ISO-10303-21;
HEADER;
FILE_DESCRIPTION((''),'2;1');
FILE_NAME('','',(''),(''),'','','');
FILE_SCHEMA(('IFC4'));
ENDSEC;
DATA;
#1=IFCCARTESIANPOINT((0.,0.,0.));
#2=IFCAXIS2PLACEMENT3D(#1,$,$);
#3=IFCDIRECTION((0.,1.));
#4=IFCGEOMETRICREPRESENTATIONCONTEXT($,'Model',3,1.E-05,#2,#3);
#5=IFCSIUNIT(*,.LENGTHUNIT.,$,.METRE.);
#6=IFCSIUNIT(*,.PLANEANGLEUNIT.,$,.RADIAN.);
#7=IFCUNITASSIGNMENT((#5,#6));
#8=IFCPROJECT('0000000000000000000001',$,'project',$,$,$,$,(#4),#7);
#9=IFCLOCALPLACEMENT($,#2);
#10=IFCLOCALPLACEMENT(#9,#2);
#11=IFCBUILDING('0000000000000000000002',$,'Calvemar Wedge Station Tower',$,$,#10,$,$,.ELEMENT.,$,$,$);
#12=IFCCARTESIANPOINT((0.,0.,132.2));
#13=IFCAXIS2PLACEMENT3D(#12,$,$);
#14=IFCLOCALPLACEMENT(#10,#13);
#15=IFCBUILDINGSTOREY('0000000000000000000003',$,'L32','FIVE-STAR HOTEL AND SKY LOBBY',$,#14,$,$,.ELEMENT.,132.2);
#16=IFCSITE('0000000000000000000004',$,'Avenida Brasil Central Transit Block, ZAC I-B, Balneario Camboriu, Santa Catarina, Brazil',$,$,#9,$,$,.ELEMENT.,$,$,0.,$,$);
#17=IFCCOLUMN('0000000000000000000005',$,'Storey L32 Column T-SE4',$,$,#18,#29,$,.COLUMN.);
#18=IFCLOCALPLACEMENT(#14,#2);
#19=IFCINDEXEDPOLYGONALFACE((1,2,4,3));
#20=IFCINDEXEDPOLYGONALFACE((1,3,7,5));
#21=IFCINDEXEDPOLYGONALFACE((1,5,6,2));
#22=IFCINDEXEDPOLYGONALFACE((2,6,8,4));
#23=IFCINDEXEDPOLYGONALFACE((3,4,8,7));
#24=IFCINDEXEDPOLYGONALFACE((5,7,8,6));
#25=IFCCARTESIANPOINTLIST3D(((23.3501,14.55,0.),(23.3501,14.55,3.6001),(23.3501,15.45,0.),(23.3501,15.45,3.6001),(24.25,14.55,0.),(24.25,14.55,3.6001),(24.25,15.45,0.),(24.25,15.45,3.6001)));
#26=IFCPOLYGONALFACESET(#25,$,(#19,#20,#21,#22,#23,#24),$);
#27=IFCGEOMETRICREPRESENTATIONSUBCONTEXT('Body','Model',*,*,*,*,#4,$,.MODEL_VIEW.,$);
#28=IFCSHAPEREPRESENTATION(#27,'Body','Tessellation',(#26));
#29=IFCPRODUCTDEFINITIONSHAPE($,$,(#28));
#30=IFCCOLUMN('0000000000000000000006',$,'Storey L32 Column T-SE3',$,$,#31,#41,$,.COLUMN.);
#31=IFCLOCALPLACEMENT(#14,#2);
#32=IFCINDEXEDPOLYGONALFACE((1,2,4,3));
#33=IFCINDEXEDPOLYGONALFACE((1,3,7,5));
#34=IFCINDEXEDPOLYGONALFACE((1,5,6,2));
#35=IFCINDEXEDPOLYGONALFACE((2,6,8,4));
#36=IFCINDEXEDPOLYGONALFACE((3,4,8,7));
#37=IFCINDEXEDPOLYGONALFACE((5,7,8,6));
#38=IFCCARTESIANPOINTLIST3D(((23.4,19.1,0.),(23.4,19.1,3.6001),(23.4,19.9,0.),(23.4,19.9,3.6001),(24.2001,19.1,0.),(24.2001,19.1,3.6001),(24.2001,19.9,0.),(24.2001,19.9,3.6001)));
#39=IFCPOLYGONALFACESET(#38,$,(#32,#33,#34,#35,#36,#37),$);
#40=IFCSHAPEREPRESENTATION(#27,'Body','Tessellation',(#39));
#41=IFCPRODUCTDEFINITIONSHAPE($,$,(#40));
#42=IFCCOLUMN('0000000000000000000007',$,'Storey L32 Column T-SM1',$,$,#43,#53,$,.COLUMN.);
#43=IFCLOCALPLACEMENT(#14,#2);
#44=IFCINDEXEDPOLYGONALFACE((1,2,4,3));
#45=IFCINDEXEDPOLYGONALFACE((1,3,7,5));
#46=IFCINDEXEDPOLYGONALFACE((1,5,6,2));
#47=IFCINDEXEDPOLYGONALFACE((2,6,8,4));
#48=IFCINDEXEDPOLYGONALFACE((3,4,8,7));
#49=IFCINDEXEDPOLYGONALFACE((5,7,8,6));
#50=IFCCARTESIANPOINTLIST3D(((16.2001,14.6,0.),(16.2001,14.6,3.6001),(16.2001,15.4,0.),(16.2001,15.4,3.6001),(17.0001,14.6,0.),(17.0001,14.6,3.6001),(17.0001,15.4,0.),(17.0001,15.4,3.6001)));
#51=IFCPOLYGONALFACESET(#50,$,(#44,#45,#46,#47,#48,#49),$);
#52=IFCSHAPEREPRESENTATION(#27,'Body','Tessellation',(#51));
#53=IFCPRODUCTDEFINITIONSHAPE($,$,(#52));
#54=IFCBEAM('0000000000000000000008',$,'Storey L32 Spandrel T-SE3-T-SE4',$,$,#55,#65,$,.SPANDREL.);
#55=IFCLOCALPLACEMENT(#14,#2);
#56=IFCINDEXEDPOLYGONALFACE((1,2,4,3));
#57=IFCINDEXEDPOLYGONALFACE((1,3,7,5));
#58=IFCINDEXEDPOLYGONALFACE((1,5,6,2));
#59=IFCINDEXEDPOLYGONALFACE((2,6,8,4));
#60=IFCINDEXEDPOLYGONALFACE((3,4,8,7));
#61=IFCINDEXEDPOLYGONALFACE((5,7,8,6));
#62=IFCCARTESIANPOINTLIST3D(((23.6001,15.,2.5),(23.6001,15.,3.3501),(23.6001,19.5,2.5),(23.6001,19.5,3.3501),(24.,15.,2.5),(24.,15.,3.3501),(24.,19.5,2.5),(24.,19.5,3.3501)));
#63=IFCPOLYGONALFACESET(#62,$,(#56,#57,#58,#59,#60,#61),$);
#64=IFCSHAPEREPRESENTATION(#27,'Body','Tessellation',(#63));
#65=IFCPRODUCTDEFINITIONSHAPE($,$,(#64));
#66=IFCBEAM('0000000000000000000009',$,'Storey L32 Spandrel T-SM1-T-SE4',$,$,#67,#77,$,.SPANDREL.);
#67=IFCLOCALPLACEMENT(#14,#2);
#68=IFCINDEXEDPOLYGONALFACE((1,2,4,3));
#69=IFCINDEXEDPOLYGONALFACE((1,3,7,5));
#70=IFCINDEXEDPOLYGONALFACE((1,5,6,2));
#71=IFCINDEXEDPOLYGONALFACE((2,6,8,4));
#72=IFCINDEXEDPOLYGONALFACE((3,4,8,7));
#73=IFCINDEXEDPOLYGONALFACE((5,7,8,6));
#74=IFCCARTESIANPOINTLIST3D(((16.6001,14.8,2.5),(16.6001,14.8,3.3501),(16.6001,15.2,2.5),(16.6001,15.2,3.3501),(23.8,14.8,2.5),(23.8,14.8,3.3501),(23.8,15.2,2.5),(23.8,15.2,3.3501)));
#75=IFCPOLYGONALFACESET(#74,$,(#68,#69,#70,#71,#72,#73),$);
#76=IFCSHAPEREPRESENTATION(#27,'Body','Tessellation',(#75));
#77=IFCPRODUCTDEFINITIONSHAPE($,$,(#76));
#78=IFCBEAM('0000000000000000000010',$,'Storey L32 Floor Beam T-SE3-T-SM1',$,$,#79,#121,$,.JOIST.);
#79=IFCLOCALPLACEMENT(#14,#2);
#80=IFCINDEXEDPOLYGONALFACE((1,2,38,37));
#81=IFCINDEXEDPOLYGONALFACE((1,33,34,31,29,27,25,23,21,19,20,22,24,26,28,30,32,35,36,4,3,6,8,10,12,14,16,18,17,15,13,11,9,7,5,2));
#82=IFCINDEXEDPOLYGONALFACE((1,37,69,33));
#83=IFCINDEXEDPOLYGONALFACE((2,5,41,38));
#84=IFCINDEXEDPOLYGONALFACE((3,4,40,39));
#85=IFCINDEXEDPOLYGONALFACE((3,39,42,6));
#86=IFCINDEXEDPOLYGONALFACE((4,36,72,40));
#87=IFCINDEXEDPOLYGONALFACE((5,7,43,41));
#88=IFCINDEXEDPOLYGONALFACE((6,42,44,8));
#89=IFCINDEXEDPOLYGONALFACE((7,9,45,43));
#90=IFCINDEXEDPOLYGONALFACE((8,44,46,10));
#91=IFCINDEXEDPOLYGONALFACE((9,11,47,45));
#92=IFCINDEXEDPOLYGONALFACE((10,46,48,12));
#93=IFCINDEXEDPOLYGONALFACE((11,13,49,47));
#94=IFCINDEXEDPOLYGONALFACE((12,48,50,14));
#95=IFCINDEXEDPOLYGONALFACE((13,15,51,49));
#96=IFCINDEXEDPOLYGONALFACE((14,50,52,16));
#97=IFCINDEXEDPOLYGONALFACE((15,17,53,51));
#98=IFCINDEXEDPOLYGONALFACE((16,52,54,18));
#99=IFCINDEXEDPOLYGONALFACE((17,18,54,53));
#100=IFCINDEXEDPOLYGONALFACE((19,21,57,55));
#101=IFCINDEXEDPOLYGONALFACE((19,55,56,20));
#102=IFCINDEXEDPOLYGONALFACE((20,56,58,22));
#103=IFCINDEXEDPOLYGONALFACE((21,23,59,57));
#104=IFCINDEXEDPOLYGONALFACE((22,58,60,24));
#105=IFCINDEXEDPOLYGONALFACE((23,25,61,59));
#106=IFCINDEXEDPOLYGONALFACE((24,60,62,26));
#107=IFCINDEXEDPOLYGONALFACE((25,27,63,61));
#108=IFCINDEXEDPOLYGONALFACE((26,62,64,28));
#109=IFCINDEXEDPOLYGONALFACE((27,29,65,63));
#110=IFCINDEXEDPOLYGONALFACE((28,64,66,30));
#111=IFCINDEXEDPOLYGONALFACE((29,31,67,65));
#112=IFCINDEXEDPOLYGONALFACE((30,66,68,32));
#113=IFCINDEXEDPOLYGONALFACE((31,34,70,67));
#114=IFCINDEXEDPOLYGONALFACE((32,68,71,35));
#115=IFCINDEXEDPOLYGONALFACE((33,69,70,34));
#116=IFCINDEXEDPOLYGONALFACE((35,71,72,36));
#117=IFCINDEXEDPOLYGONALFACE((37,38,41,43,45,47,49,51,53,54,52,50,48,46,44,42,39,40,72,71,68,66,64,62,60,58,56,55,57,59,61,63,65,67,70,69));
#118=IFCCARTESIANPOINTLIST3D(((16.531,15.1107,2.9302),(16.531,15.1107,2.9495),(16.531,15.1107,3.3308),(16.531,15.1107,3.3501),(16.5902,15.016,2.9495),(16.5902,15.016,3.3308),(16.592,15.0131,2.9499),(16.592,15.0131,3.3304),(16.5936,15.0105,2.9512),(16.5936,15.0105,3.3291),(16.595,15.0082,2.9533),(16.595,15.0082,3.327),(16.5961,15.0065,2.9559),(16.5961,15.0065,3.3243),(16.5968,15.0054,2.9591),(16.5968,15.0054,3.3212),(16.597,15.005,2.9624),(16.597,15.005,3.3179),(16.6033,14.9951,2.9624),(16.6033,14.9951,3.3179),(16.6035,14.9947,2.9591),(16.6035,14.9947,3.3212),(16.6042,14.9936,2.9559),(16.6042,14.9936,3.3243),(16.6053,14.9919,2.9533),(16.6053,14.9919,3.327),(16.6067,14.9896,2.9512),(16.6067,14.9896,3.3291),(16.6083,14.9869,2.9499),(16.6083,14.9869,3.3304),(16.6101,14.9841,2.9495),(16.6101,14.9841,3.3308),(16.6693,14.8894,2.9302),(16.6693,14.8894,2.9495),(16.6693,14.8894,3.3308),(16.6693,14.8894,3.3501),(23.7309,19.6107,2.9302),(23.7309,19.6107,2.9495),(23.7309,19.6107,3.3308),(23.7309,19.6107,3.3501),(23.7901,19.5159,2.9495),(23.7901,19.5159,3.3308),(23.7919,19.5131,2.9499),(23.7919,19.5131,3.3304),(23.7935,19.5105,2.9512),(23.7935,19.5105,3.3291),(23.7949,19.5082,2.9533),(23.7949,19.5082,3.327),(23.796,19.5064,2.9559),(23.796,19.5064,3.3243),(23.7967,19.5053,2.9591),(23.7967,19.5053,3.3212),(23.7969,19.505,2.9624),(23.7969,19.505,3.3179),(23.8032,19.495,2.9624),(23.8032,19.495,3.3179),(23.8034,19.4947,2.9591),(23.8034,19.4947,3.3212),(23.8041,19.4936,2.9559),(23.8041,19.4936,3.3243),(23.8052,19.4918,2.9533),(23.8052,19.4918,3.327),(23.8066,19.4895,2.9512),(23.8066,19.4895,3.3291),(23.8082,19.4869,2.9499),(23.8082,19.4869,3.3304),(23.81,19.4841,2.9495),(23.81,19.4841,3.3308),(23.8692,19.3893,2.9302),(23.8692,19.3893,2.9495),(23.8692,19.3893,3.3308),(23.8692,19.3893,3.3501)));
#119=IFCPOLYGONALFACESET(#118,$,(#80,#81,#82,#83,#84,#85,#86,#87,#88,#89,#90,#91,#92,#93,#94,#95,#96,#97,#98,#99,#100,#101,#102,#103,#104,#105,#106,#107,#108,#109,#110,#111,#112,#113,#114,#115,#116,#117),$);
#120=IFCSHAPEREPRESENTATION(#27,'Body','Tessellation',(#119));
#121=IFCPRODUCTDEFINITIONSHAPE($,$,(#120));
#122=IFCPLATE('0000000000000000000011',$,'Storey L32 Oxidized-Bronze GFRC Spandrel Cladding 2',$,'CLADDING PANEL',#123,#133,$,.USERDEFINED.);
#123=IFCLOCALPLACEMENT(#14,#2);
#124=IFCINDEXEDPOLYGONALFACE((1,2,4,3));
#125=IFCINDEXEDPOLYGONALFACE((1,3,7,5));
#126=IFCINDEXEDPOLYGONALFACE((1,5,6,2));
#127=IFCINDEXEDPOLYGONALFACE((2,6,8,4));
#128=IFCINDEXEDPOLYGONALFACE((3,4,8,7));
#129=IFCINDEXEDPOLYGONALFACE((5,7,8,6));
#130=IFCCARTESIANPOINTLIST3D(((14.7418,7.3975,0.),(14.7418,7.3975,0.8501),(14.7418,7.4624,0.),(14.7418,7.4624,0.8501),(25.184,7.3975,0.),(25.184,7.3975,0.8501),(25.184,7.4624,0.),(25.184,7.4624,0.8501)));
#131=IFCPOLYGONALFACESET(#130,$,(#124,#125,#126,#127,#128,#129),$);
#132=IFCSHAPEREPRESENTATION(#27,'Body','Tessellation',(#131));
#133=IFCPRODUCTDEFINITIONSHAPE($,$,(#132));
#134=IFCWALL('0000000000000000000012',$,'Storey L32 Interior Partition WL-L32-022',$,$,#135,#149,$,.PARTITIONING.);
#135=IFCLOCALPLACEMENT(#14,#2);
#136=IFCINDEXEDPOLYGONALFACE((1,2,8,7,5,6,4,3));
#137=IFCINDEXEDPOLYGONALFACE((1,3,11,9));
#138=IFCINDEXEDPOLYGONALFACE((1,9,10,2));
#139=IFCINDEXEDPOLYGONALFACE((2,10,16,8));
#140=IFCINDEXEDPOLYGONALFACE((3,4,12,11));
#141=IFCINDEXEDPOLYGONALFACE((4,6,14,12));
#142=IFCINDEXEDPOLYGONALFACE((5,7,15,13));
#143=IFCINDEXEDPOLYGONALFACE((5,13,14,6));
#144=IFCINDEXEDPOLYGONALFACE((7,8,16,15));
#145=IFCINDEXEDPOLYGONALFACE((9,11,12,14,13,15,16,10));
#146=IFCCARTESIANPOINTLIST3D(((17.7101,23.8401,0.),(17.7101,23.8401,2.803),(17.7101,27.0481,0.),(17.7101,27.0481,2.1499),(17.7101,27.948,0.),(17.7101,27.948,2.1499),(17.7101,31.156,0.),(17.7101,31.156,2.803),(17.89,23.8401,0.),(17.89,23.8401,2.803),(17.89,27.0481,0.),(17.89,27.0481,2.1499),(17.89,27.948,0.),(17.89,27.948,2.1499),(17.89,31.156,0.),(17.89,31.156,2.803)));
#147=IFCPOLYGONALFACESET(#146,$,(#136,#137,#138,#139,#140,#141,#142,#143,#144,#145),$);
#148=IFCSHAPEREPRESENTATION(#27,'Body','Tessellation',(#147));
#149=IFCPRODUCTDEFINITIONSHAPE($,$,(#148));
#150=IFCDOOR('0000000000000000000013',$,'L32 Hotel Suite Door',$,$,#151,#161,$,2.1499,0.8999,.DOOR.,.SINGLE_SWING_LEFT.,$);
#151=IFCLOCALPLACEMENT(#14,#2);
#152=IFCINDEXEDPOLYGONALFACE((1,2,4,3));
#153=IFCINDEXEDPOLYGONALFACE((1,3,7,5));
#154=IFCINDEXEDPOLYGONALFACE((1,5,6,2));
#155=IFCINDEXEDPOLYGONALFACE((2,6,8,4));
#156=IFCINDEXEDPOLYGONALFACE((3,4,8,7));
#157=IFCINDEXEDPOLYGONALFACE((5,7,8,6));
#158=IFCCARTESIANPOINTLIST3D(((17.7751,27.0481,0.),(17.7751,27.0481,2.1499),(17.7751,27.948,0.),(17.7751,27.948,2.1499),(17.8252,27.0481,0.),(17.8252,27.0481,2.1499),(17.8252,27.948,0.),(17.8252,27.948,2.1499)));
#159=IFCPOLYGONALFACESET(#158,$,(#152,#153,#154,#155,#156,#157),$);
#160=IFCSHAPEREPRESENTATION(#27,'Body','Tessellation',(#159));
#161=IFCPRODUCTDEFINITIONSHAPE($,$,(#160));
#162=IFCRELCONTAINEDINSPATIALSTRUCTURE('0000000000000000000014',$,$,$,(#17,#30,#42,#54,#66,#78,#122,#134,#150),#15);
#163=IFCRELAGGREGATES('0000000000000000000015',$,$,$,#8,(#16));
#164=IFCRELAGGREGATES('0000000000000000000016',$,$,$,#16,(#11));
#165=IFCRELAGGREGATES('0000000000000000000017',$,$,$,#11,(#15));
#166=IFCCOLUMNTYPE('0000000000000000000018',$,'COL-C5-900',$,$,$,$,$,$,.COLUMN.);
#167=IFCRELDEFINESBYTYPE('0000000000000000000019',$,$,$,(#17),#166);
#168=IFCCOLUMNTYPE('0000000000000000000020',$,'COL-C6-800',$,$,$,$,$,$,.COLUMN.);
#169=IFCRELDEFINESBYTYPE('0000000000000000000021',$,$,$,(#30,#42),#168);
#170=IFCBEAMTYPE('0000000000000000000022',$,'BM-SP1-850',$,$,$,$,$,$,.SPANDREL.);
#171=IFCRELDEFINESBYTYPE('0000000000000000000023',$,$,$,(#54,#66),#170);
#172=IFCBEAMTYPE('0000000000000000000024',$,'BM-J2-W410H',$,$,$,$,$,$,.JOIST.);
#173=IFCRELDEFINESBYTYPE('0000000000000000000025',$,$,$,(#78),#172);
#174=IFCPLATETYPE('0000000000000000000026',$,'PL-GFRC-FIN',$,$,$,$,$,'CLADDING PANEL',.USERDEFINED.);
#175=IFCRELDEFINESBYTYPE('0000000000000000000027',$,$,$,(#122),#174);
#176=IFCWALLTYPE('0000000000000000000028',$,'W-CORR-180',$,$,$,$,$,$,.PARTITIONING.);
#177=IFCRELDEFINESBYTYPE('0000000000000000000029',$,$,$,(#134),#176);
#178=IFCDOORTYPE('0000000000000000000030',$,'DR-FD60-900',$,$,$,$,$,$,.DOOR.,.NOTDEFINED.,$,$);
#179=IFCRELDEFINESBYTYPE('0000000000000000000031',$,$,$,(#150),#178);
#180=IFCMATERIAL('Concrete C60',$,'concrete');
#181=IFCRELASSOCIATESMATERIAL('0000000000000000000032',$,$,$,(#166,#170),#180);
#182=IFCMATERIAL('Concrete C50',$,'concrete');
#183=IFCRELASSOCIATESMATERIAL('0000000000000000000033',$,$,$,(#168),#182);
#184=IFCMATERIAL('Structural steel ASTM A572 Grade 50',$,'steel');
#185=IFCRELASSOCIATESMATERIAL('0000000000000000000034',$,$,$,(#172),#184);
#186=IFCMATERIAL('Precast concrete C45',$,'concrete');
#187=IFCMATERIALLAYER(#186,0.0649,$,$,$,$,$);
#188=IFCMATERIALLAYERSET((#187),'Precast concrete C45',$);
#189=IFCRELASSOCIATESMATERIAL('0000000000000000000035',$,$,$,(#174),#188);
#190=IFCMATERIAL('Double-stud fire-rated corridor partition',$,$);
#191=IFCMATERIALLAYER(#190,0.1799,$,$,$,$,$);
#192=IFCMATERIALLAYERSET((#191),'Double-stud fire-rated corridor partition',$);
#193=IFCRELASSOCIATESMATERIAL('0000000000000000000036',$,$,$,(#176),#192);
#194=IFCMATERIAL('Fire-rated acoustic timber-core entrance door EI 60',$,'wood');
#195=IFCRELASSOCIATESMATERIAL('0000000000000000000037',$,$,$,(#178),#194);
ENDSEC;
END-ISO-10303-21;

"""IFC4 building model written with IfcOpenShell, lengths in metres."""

from ifc_helpers import new_model, si_unit, direction, frame, frame_2d, origin, origin_2d, place, context, subcontext, project, spatial, rectangle, i_section, extrude, source, transform, mapped, material, layer, layer_set, material_profile, profile_set, type_object, element, fill, save


model = new_model("IFC4")

# Units and contexts
model_context = context("Model", 3, precision=1e-05, world=origin(), true_north=direction((0.0, 1.0)))
body_context = subcontext(model_context, "Body", "Model", "MODEL_VIEW")
ifc_project = project(units=[si_unit("LENGTHUNIT", "METRE"), si_unit("PLANEANGLEUNIT", "RADIAN")], contexts=[model_context])

# Site, building, storey
site_placement = place(None, origin())
site = spatial("IfcSite", under=ifc_project, at=site_placement, Name="Avenida Brasil Central Transit Block, ZAC I-B, Balneario Camboriu, Santa Catarina, Brazil", CompositionType="ELEMENT", RefElevation=0.0)
building_placement = place(site_placement, origin())
building = spatial("IfcBuilding", under=site, at=building_placement, Name="Calvemar Wedge Station Tower", CompositionType="ELEMENT")
storey_placement = place(building_placement, frame((0.0, 0.0, 132.2)))
storey = spatial("IfcBuildingStorey", under=building, at=storey_placement, Name="L32", Description="FIVE-STAR HOTEL AND SKY LOBBY", CompositionType="ELEMENT", Elevation=132.2)

# Columns
ifc_material_1 = material(Name="Concrete C60", Category="concrete")
ifc_material_profile_1 = material_profile(ifc_material_1, rectangle(XDim=0.8999, YDim=0.8999, at=origin_2d()), Name="RC900x900")
ifc_profile_set_1 = profile_set([ifc_material_profile_1], Name="Concrete C60")
column_type_1 = type_object("IfcColumnType", Name="COL-C5-900", PredefinedType="COLUMN", material=ifc_profile_set_1)
shared_shape_1 = source(origin(), body_context, "Body", "SweptSolid", [
    extrude(rectangle(XDim=0.8999, YDim=0.8999, at=origin_2d()), origin(), (0.0, 0.0, 1.0), 3.6001),
])
column_placement = place(storey_placement, frame((23.8, 15.0, 0.0), z_axis=(0.0, 0.0, 1.0), x_axis=(1.0, 0.0, 0.0)))
element("IfcColumn", 1, at=column_placement, inside=storey, type_object=column_type_1, Name="Storey L32 Column T-SE4", PredefinedType="COLUMN", context=body_context, shape_type="MappedRepresentation", body=[
    mapped(shared_shape_1, transform((0.0, 0.0, 0.0), scale=1.0)),
])
ifc_material_2 = material(Name="Concrete C50", Category="concrete")
ifc_material_profile_2 = material_profile(ifc_material_2, rectangle(XDim=0.8, YDim=0.8, at=origin_2d()), Name="RC800x800")
ifc_profile_set_2 = profile_set([ifc_material_profile_2], Name="Concrete C50")
column_type_2 = type_object("IfcColumnType", Name="COL-C6-800", PredefinedType="COLUMN", material=ifc_profile_set_2)
shared_shape_2 = source(origin(), body_context, "Body", "SweptSolid", [
    extrude(rectangle(XDim=0.8, YDim=0.8, at=origin_2d()), origin(), (0.0, 0.0, 1.0), 3.6001),
])
for number, where, z_axis, x_axis, name in (
    (2, (23.8, 19.5, 0.0), (0.0, 0.0, 1.0), (1.0, 0.0, 0.0), "Storey L32 Column T-SE3"),
    (3, (16.6001, 15.0, 0.0), (0.0, 0.0, 1.0), (1.0, 0.0, 0.0), "Storey L32 Column T-SM1"),
):
    element("IfcColumn", number, at=place(storey_placement, frame(where, z_axis=z_axis, x_axis=x_axis)), inside=storey, type_object=column_type_2, Name=name, PredefinedType="COLUMN", context=body_context, shape_type="MappedRepresentation", body=[
        mapped(shared_shape_2, transform((0.0, 0.0, 0.0), scale=1.0)),
    ])

# Beams
ifc_material_profile_3 = material_profile(ifc_material_1, rectangle(XDim=0.3999, YDim=0.8501, at=origin_2d()), Name="RC400x850")
ifc_profile_set_3 = profile_set([ifc_material_profile_3], Name="Concrete C60")
beam_type_1 = type_object("IfcBeamType", Name="BM-SP1-850", PredefinedType="SPANDREL", material=ifc_profile_set_3)
shared_shape_3 = source(origin(), body_context, "Body", "SweptSolid", [
    extrude(rectangle(XDim=0.3999, YDim=0.8501, at=origin_2d()), origin(), (0.0, 0.0, 1.0), 4.5),
])
beam_1_placement = place(storey_placement, frame((23.8, 19.5, 2.925), z_axis=(0.0, -1.0, 0.0), x_axis=(1.0, 0.0, 0.0)))
element("IfcBeam", 4, at=beam_1_placement, inside=storey, type_object=beam_type_1, Name="Storey L32 Spandrel T-SE3-T-SE4", PredefinedType="SPANDREL", context=body_context, shape_type="MappedRepresentation", body=[
    mapped(shared_shape_3, transform((0.0, 0.0, 0.0), scale=1.0)),
])
shared_shape_4 = source(origin(), body_context, "Body", "SweptSolid", [
    extrude(rectangle(XDim=0.3999, YDim=0.8501, at=origin_2d()), origin(), (0.0, 0.0, 1.0), 7.2),
])
beam_2_placement = place(storey_placement, frame((16.6001, 15.0, 2.925), z_axis=(1.0, 0.0, 0.0), x_axis=(0.0, 1.0, 0.0)))
element("IfcBeam", 5, at=beam_2_placement, inside=storey, type_object=beam_type_1, Name="Storey L32 Spandrel T-SM1-T-SE4", PredefinedType="SPANDREL", context=body_context, shape_type="MappedRepresentation", body=[
    mapped(shared_shape_4, transform((0.0, 0.0, 0.0), scale=1.0)),
])
ifc_material_3 = material(Name="Structural steel ASTM A572 Grade 50", Category="steel")
ifc_material_profile_4 = material_profile(ifc_material_3, i_section(OverallWidth=0.261, OverallDepth=0.4199, WebThickness=0.0117, FlangeThickness=0.0193, FilletRadius=0.0129, at=origin_2d()), Name="W410x114")
ifc_profile_set_4 = profile_set([ifc_material_profile_4], Name="Structural steel ASTM A572 Grade 50")
beam_type_2 = type_object("IfcBeamType", Name="BM-J2-W410H", PredefinedType="JOIST", material=ifc_profile_set_4)
shared_shape_5 = source(origin(), body_context, "Body", "SweptSolid", [
    extrude(i_section(OverallWidth=0.261, OverallDepth=0.4199, WebThickness=0.0117, FlangeThickness=0.0193, FilletRadius=0.0129, at=origin_2d()), origin(), (0.0, 0.0, 1.0), 8.4905),
])
beam_3_placement = place(storey_placement, frame((23.8, 19.5, 3.1401), z_axis=(-0.847997, -0.530002, 0.0), x_axis=(0.530002, -0.847997, 0.0)))
element("IfcBeam", 6, at=beam_3_placement, inside=storey, type_object=beam_type_2, Name="Storey L32 Floor Beam T-SE3-T-SM1", PredefinedType="JOIST", context=body_context, shape_type="MappedRepresentation", body=[
    mapped(shared_shape_5, transform((0.0, 0.0, 0.0), scale=1.0)),
])

# Plate
ifc_material_4 = material(Name="Precast concrete C45", Category="concrete")
ifc_layer_1 = layer(ifc_material_4, 0.0649)
ifc_layer_set_1 = layer_set([ifc_layer_1], Name="Precast concrete C45")
plate_type = type_object("IfcPlateType", Name="PL-GFRC-FIN", ElementType="CLADDING PANEL", PredefinedType="USERDEFINED", material=ifc_layer_set_1)
plate_placement = place(storey_placement, frame((14.7417, 7.4299, 0.0), z_axis=(0.0, 0.0, 1.0), x_axis=(1.0, 0.0, 0.0)))
element("IfcPlate", 7, at=plate_placement, inside=storey, type_object=plate_type, Name="Storey L32 Oxidized-Bronze GFRC Spandrel Cladding 2", ObjectType="CLADDING PANEL", PredefinedType="USERDEFINED", context=body_context, shape_type="SweptSolid", body=[
    extrude(rectangle(XDim=10.4421, YDim=0.0649, at=frame_2d((5.2212, 0.0))), origin(), (0.0, 0.0, 1.0), 0.8501),
])

# Wall, opening, door
ifc_material_5 = material(Name="Double-stud fire-rated corridor partition")
ifc_layer_2 = layer(ifc_material_5, 0.1799)
ifc_layer_set_2 = layer_set([ifc_layer_2], Name="Double-stud fire-rated corridor partition")
wall_type_1 = type_object("IfcWallType", Name="W-CORR-180", PredefinedType="PARTITIONING", material=ifc_layer_set_2)
wall_1_placement = place(storey_placement, frame((17.8, 23.8401, 0.0), z_axis=(0.0, 0.0, 1.0), x_axis=(0.0, 1.0, 0.0)))
wall_1 = element("IfcWall", 8, at=wall_1_placement, inside=storey, type_object=wall_type_1, Name="Storey L32 Interior Partition WL-L32-022", PredefinedType="PARTITIONING", context=body_context, shape_type="SweptSolid", body=[
    extrude(rectangle(XDim=7.3159, YDim=0.1799, at=frame_2d((3.658, 0.0))), origin(), (0.0, 0.0, 1.0), 2.803),
])
shared_shape_6 = source(origin(), body_context, "Body", "SweptSolid", [
    extrude(rectangle(XDim=0.8999, YDim=2.1499, at=frame_2d((0.45, 1.075))), frame((0.0, 0.1001, 0.0), z_axis=(0.0, -1.0, 0.0), x_axis=(1.0, 0.0, 0.0)), (0.0, 0.0, 1.0), 0.2),
])
opening_1_placement = place(wall_1_placement, frame((3.208, 0.0, 0.0)))
opening_1 = element("IfcOpeningElement", 9, at=opening_1_placement, cuts=wall_1, PredefinedType="OPENING", context=body_context, shape_type="MappedRepresentation", body=[
    mapped(shared_shape_6, transform((0.0, 0.0, 0.0), scale=1.0)),
])
ifc_material_6 = material(Name="Fire-rated acoustic timber-core entrance door EI 60", Category="wood")
door_type_1 = type_object("IfcDoorType", Name="DR-FD60-900", OperationType="NOTDEFINED", PredefinedType="DOOR", material=ifc_material_6)
shared_shape_7 = source(origin(), body_context, "Body", "SweptSolid", [
    extrude(rectangle(XDim=0.8999, YDim=2.1499, at=frame_2d((0.45, 1.075))), frame((0.0, 0.0249, 0.0), z_axis=(0.0, -1.0, 0.0), x_axis=(1.0, 0.0, 0.0)), (0.0, 0.0, 1.0), 0.05),
])
door_1_placement = place(opening_1_placement, origin())
door_1 = element("IfcDoor", 10, at=door_1_placement, inside=storey, type_object=door_type_1, Name="L32 Hotel Suite Door", OperationType="SINGLE_SWING_LEFT", OverallHeight=2.1499, OverallWidth=0.8999, PredefinedType="DOOR", context=body_context, shape_type="MappedRepresentation", body=[
    mapped(shared_shape_7, transform((0.0, 0.0, 0.0), scale=1.0)),
])
fill(opening_1, door_1)

save(model, "model.ifc")
